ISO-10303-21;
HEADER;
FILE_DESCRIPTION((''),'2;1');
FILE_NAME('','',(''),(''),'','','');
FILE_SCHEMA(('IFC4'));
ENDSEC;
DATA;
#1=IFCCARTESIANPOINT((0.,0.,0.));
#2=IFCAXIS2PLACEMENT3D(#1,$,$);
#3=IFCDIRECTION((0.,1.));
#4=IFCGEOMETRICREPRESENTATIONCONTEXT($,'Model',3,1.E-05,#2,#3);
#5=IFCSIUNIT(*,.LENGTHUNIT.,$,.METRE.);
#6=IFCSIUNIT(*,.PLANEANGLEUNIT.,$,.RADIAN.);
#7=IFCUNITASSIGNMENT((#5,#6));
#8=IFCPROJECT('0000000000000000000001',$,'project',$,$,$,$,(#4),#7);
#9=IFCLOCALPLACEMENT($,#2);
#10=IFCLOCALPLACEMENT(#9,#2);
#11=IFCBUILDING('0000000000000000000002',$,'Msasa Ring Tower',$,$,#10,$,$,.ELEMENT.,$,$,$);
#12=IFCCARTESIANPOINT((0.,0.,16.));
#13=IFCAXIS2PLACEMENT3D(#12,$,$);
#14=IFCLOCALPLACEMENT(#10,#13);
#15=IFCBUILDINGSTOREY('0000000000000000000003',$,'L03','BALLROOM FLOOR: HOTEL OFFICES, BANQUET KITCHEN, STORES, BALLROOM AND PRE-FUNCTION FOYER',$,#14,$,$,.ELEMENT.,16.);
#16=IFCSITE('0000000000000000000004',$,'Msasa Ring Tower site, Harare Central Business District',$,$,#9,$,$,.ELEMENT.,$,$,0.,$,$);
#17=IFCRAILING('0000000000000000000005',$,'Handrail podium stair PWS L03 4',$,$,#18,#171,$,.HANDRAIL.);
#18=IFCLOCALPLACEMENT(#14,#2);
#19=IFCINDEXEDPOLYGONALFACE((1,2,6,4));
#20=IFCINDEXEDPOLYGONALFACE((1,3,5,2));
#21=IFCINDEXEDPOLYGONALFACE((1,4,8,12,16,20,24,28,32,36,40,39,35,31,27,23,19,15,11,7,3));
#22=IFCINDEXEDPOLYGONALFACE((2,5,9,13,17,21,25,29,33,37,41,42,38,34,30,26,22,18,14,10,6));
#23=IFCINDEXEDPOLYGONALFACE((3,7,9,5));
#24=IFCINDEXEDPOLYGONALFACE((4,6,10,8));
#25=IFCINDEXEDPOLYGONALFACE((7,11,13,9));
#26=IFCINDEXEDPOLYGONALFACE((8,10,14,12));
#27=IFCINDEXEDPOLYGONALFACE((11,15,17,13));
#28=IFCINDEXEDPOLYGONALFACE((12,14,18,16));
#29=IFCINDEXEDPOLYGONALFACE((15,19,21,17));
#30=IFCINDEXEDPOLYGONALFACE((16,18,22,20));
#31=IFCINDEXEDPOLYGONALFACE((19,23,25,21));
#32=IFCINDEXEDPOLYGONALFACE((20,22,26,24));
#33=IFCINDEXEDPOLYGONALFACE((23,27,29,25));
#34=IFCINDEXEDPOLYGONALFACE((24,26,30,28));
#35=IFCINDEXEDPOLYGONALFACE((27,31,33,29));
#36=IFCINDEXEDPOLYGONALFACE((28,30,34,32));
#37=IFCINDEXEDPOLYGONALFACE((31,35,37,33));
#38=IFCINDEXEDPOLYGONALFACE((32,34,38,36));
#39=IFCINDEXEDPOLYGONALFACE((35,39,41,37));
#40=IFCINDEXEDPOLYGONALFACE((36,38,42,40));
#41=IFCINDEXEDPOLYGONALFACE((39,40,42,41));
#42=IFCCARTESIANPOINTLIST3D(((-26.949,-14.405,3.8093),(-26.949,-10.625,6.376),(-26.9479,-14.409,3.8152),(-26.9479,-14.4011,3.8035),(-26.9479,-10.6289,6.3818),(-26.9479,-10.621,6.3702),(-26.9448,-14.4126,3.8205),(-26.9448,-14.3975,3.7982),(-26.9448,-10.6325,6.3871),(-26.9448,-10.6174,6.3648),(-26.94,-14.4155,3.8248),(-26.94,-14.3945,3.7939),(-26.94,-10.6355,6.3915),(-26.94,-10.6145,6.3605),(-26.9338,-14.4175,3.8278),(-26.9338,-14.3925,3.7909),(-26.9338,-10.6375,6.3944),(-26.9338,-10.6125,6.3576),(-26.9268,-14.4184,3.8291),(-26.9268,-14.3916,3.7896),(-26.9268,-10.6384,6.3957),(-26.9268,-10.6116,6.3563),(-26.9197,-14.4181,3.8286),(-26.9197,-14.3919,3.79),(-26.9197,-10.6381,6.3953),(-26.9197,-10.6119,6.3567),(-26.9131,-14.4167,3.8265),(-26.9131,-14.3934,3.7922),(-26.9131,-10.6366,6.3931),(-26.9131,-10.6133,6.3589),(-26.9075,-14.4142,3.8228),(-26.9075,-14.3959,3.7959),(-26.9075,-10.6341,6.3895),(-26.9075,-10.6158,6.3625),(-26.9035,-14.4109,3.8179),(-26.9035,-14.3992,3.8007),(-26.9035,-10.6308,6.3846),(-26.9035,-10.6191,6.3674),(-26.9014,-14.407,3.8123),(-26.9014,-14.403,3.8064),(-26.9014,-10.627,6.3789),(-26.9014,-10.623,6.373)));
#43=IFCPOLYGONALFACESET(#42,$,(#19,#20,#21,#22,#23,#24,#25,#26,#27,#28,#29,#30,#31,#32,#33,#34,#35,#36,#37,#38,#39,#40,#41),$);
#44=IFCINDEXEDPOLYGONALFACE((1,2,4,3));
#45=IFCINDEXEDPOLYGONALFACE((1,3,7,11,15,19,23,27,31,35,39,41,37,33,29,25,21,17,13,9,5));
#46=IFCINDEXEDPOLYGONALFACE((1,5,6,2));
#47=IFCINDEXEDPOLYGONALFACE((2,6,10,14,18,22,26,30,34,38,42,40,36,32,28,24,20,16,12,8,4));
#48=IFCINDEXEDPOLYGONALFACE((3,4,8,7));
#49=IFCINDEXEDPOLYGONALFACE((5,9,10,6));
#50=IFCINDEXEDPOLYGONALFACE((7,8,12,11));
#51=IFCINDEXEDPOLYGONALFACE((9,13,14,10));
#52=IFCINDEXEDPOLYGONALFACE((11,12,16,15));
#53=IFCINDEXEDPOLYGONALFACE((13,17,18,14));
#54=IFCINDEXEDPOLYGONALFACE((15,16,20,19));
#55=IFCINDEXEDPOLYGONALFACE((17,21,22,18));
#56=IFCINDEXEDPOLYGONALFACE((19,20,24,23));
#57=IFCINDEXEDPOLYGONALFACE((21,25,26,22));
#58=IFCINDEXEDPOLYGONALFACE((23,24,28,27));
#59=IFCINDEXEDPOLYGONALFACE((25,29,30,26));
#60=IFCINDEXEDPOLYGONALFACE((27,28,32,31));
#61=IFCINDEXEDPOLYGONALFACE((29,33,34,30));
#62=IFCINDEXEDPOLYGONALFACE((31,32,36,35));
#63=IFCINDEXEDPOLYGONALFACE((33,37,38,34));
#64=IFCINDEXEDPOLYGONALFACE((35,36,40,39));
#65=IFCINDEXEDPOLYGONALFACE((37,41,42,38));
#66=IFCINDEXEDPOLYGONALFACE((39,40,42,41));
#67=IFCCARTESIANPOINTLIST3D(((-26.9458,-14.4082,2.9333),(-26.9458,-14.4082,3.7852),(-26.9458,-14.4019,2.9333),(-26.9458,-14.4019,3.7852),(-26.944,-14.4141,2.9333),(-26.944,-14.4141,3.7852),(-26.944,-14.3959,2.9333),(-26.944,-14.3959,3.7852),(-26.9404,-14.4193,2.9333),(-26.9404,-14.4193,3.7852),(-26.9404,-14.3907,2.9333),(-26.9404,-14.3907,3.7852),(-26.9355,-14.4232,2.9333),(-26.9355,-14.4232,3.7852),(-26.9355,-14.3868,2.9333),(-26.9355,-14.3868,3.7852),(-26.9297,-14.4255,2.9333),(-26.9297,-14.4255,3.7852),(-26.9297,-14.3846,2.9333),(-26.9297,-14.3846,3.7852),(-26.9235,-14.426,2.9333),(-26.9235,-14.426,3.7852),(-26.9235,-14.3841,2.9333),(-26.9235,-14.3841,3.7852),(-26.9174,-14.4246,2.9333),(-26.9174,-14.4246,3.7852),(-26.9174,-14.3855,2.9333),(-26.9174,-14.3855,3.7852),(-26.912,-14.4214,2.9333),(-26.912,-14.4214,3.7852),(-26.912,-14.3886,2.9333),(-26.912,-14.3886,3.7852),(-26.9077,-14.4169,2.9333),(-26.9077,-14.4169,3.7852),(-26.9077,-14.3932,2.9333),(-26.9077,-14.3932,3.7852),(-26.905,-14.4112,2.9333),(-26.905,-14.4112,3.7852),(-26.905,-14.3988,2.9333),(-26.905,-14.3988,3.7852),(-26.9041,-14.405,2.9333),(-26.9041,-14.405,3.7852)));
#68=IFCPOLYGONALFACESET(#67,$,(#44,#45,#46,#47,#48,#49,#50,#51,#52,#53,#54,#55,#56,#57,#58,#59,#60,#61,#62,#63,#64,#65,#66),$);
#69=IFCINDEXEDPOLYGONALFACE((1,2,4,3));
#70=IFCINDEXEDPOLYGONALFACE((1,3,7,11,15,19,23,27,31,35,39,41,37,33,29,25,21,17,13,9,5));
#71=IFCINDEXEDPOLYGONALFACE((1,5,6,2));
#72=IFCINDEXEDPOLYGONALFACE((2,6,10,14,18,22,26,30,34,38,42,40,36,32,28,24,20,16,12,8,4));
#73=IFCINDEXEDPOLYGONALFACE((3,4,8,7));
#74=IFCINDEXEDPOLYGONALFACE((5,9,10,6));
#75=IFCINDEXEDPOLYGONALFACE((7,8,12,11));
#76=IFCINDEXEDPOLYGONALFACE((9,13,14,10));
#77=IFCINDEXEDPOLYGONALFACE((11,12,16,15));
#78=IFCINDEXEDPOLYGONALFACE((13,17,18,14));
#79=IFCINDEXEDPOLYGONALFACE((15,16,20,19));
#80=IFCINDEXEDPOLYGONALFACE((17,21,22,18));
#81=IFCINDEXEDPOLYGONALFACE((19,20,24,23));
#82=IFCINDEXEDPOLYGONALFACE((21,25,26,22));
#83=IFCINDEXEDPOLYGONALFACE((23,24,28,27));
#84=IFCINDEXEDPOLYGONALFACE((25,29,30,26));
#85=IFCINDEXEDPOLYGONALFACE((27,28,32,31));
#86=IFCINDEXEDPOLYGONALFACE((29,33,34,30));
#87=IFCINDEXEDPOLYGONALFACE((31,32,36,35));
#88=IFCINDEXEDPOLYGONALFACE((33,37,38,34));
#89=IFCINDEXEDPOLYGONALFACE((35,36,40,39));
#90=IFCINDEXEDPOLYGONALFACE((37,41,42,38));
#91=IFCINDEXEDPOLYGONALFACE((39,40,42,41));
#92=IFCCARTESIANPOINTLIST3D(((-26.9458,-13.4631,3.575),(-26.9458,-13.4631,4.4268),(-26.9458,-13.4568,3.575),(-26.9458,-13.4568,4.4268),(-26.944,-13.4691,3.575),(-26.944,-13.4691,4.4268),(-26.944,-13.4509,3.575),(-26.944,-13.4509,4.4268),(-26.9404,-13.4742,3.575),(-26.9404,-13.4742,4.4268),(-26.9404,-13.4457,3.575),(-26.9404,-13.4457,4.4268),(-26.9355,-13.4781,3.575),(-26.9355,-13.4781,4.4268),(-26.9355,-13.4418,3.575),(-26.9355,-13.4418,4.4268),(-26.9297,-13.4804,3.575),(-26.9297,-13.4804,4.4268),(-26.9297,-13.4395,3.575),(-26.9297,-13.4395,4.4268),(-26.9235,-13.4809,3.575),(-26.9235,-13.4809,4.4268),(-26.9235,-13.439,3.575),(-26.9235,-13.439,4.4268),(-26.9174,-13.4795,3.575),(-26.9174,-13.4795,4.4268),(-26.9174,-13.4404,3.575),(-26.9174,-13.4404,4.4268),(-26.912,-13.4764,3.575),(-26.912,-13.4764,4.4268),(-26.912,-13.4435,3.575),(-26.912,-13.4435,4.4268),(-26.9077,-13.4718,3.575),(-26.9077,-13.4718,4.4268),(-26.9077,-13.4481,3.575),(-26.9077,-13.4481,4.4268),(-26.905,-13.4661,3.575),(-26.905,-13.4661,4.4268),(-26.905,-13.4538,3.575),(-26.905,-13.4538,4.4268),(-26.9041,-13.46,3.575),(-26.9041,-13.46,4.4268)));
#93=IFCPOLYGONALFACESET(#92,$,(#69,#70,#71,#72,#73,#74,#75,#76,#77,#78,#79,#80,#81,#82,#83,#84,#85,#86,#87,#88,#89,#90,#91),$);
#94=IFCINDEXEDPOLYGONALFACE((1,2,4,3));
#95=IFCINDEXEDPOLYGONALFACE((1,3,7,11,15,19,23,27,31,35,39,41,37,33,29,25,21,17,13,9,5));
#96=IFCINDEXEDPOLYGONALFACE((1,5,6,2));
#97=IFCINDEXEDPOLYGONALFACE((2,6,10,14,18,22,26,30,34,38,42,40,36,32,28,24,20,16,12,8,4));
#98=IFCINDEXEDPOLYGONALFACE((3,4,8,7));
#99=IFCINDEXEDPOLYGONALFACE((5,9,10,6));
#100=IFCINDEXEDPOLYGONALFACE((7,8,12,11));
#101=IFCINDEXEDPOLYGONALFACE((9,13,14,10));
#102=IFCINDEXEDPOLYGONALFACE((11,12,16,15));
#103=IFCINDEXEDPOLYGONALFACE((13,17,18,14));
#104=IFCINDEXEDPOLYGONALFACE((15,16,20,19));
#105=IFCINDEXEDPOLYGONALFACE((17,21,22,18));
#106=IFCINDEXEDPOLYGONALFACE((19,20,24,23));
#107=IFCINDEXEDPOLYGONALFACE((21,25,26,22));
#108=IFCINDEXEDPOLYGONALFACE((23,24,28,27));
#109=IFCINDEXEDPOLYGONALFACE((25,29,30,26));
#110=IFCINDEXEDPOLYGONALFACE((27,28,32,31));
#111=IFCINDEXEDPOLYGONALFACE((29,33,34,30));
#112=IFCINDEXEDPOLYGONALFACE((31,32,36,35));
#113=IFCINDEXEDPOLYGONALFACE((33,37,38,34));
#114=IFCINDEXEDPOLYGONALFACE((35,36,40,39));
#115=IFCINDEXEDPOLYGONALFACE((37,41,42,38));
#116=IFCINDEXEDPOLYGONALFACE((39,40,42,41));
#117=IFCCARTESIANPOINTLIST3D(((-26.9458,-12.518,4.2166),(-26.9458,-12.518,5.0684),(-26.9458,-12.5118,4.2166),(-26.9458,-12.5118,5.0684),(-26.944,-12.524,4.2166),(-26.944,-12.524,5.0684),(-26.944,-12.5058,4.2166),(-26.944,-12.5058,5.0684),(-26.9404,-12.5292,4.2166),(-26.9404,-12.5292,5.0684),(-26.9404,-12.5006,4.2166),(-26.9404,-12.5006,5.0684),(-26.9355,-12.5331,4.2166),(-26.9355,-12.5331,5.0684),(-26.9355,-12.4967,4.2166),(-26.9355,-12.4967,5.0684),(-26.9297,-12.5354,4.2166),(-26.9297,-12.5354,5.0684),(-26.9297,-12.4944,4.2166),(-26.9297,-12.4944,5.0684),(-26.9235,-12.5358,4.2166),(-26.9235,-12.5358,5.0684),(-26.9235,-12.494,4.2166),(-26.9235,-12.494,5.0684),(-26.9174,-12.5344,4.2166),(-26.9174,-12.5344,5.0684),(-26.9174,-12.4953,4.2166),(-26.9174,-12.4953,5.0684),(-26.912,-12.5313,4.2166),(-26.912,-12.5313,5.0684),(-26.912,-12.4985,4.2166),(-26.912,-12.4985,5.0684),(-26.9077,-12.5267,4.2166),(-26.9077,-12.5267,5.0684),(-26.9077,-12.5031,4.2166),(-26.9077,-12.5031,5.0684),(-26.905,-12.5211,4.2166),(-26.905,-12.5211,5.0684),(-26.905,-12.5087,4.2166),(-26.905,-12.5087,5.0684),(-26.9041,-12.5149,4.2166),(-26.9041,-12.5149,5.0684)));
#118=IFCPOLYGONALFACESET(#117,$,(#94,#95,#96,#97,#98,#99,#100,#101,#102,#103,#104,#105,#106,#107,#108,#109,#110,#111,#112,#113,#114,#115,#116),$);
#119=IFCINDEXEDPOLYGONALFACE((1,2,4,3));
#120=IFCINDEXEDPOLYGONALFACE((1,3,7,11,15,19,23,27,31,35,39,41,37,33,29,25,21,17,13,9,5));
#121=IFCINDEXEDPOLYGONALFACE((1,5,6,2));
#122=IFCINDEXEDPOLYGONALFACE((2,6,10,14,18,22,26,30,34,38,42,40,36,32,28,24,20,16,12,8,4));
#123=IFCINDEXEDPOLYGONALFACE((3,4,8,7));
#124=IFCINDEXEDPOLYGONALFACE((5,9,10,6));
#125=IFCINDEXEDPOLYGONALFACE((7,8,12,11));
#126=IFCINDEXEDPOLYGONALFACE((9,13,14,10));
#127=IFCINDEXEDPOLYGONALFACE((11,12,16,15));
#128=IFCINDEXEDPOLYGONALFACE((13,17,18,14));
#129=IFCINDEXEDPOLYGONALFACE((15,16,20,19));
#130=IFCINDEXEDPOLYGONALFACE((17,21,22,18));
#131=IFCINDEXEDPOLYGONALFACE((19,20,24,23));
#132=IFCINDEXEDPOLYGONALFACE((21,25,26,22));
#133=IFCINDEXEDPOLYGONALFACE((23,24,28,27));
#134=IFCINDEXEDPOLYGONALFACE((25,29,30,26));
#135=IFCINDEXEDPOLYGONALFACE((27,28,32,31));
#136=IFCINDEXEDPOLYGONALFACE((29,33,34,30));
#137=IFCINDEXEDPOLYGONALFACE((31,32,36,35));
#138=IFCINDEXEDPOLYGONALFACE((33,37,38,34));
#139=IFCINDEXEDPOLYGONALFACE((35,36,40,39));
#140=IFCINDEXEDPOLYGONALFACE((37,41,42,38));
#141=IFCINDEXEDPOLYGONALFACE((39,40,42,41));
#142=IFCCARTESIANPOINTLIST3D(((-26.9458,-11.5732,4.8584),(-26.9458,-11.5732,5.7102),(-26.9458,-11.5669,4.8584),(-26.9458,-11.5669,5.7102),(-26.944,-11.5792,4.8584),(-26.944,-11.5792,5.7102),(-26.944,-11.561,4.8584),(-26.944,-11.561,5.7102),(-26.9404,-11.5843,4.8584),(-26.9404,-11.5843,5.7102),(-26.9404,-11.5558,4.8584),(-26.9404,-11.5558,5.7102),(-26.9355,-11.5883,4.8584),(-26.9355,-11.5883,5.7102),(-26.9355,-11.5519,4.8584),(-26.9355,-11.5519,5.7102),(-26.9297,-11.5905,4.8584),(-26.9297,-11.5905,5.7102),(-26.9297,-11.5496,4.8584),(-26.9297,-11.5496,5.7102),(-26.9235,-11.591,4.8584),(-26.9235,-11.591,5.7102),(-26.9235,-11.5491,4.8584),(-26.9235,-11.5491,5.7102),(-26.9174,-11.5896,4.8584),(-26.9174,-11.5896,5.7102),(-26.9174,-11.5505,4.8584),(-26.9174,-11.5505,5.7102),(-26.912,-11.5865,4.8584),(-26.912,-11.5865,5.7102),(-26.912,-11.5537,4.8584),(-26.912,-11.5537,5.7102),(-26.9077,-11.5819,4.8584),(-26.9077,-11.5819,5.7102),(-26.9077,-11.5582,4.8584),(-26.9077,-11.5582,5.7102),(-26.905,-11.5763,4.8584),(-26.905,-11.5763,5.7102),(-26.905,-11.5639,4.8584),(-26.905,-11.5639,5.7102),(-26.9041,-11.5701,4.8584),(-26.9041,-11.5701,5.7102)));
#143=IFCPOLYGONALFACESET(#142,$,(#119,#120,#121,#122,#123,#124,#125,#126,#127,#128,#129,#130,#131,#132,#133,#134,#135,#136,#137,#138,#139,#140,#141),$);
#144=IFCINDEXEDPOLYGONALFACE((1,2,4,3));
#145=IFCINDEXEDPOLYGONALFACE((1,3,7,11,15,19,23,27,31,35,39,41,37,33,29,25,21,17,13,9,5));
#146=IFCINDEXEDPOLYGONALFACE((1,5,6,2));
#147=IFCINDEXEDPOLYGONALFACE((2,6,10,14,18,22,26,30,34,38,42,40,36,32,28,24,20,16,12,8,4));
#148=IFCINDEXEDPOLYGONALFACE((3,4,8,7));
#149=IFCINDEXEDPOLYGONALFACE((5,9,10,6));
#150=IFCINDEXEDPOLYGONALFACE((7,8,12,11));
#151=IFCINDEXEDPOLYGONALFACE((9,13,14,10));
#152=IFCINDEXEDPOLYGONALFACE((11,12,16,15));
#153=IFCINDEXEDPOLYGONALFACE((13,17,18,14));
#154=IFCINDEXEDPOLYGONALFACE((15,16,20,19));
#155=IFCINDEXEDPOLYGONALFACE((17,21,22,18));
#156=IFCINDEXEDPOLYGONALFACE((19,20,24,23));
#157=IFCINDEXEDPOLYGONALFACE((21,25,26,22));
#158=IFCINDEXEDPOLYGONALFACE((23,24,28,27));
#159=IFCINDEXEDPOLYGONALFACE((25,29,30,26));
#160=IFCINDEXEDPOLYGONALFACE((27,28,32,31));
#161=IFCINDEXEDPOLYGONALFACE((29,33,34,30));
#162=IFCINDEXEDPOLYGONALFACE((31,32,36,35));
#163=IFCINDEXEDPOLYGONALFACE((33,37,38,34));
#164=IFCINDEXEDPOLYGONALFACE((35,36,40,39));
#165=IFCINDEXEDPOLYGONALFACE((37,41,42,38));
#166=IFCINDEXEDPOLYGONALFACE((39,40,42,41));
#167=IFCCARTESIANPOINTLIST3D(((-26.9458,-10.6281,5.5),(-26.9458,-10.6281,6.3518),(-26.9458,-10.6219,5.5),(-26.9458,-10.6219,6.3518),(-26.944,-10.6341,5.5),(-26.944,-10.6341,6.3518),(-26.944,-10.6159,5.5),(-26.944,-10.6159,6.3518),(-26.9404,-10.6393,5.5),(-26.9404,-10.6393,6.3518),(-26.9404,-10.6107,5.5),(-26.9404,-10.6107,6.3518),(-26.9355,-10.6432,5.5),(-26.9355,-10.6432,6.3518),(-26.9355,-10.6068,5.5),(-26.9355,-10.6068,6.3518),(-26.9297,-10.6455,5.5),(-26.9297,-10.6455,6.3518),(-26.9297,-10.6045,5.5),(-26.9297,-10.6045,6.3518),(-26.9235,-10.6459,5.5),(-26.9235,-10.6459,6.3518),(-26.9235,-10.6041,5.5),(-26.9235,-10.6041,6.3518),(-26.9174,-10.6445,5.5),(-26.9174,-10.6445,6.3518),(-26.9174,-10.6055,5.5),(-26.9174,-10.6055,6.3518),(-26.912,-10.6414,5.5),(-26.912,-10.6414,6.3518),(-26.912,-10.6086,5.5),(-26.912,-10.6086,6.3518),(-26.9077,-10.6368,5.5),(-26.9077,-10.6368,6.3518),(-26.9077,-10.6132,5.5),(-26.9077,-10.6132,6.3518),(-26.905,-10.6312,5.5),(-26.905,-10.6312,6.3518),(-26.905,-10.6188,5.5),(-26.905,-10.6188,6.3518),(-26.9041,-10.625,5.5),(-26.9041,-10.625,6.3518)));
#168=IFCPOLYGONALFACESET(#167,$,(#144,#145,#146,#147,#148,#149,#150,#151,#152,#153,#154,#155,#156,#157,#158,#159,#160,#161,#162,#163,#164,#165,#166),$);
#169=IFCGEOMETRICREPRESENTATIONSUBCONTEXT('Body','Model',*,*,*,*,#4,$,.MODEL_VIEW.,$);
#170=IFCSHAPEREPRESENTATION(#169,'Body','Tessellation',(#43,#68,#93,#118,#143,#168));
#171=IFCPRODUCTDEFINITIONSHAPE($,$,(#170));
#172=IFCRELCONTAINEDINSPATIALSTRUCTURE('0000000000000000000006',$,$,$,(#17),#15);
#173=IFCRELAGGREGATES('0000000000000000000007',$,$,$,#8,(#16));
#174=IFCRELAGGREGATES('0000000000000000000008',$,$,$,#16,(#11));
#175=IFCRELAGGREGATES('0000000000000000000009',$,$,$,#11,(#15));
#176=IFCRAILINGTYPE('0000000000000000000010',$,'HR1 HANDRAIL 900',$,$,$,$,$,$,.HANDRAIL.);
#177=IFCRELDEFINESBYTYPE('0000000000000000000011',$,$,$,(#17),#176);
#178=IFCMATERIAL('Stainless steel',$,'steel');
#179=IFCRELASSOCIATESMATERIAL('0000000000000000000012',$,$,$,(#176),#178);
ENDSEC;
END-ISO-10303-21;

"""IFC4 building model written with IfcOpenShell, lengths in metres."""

from ifc_helpers import new_model, si_unit, direction, frame, origin, origin_2d, place, context, subcontext, project, spatial, circle, extrude, material, type_object, element, save


model = new_model("IFC4")

# Units and contexts
model_context = context("Model", 3, precision=1e-05, world=origin(), true_north=direction((0.0, 1.0)))
body_context = subcontext(model_context, "Body", "Model", "MODEL_VIEW")
ifc_project = project(units=[si_unit("LENGTHUNIT", "METRE"), si_unit("PLANEANGLEUNIT", "RADIAN")], contexts=[model_context])

# Site, building, storey
site_placement = place(None, origin())
site = spatial("IfcSite", under=ifc_project, at=site_placement, Name="Msasa Ring Tower site, Harare Central Business District", CompositionType="ELEMENT", RefElevation=0.0)
building_placement = place(site_placement, origin())
building = spatial("IfcBuilding", under=site, at=building_placement, Name="Msasa Ring Tower", CompositionType="ELEMENT")
storey_placement = place(building_placement, frame((0.0, 0.0, 16.0)))
storey = spatial("IfcBuildingStorey", under=building, at=storey_placement, Name="L03", Description="BALLROOM FLOOR: HOTEL OFFICES, BANQUET KITCHEN, STORES, BALLROOM AND PRE-FUNCTION FOYER", CompositionType="ELEMENT", Elevation=16.0)

# Railing
ifc_material_1 = material(Name="Stainless steel", Category="steel")
railing_type = type_object("IfcRailingType", Name="HR1 HANDRAIL 900", PredefinedType="HANDRAIL", material=ifc_material_1)
for number, where, name in (
    (1, (-26.925, -14.405, 2.9333), "Handrail podium stair PWS L03 4"),
):
    element("IfcRailing", number, at=place(storey_placement, frame(where)), inside=storey, type_object=railing_type, Name=name, PredefinedType="HANDRAIL", context=body_context, shape_type="SweptSolid", body=[
        extrude(circle(Radius=0.0239, at=origin_2d()), frame((0.0, 0.0, 0.876), z_axis=(0.0, 0.82731, 0.561746), x_axis=(-1.0, 0.0, 0.0)), (0.0, 0.0, 1.0), 4.5691),
        extrude(circle(Radius=0.021, at=origin_2d()), origin(), (0.0, 0.0, 1.0), 0.8518),
        extrude(circle(Radius=0.021, at=origin_2d()), frame((0.0, 0.9451, 0.6416)), (0.0, 0.0, 1.0), 0.8518),
        extrude(circle(Radius=0.021, at=origin_2d()), frame((0.0, 1.8901, 1.2832)), (0.0, 0.0, 1.0), 0.8518),
        extrude(circle(Radius=0.021, at=origin_2d()), frame((0.0, 2.835, 1.925)), (0.0, 0.0, 1.0), 0.8518),
        extrude(circle(Radius=0.021, at=origin_2d()), frame((0.0, 3.78, 2.5667)), (0.0, 0.0, 1.0), 0.8518),
    ])

save(model, "model.ifc")
